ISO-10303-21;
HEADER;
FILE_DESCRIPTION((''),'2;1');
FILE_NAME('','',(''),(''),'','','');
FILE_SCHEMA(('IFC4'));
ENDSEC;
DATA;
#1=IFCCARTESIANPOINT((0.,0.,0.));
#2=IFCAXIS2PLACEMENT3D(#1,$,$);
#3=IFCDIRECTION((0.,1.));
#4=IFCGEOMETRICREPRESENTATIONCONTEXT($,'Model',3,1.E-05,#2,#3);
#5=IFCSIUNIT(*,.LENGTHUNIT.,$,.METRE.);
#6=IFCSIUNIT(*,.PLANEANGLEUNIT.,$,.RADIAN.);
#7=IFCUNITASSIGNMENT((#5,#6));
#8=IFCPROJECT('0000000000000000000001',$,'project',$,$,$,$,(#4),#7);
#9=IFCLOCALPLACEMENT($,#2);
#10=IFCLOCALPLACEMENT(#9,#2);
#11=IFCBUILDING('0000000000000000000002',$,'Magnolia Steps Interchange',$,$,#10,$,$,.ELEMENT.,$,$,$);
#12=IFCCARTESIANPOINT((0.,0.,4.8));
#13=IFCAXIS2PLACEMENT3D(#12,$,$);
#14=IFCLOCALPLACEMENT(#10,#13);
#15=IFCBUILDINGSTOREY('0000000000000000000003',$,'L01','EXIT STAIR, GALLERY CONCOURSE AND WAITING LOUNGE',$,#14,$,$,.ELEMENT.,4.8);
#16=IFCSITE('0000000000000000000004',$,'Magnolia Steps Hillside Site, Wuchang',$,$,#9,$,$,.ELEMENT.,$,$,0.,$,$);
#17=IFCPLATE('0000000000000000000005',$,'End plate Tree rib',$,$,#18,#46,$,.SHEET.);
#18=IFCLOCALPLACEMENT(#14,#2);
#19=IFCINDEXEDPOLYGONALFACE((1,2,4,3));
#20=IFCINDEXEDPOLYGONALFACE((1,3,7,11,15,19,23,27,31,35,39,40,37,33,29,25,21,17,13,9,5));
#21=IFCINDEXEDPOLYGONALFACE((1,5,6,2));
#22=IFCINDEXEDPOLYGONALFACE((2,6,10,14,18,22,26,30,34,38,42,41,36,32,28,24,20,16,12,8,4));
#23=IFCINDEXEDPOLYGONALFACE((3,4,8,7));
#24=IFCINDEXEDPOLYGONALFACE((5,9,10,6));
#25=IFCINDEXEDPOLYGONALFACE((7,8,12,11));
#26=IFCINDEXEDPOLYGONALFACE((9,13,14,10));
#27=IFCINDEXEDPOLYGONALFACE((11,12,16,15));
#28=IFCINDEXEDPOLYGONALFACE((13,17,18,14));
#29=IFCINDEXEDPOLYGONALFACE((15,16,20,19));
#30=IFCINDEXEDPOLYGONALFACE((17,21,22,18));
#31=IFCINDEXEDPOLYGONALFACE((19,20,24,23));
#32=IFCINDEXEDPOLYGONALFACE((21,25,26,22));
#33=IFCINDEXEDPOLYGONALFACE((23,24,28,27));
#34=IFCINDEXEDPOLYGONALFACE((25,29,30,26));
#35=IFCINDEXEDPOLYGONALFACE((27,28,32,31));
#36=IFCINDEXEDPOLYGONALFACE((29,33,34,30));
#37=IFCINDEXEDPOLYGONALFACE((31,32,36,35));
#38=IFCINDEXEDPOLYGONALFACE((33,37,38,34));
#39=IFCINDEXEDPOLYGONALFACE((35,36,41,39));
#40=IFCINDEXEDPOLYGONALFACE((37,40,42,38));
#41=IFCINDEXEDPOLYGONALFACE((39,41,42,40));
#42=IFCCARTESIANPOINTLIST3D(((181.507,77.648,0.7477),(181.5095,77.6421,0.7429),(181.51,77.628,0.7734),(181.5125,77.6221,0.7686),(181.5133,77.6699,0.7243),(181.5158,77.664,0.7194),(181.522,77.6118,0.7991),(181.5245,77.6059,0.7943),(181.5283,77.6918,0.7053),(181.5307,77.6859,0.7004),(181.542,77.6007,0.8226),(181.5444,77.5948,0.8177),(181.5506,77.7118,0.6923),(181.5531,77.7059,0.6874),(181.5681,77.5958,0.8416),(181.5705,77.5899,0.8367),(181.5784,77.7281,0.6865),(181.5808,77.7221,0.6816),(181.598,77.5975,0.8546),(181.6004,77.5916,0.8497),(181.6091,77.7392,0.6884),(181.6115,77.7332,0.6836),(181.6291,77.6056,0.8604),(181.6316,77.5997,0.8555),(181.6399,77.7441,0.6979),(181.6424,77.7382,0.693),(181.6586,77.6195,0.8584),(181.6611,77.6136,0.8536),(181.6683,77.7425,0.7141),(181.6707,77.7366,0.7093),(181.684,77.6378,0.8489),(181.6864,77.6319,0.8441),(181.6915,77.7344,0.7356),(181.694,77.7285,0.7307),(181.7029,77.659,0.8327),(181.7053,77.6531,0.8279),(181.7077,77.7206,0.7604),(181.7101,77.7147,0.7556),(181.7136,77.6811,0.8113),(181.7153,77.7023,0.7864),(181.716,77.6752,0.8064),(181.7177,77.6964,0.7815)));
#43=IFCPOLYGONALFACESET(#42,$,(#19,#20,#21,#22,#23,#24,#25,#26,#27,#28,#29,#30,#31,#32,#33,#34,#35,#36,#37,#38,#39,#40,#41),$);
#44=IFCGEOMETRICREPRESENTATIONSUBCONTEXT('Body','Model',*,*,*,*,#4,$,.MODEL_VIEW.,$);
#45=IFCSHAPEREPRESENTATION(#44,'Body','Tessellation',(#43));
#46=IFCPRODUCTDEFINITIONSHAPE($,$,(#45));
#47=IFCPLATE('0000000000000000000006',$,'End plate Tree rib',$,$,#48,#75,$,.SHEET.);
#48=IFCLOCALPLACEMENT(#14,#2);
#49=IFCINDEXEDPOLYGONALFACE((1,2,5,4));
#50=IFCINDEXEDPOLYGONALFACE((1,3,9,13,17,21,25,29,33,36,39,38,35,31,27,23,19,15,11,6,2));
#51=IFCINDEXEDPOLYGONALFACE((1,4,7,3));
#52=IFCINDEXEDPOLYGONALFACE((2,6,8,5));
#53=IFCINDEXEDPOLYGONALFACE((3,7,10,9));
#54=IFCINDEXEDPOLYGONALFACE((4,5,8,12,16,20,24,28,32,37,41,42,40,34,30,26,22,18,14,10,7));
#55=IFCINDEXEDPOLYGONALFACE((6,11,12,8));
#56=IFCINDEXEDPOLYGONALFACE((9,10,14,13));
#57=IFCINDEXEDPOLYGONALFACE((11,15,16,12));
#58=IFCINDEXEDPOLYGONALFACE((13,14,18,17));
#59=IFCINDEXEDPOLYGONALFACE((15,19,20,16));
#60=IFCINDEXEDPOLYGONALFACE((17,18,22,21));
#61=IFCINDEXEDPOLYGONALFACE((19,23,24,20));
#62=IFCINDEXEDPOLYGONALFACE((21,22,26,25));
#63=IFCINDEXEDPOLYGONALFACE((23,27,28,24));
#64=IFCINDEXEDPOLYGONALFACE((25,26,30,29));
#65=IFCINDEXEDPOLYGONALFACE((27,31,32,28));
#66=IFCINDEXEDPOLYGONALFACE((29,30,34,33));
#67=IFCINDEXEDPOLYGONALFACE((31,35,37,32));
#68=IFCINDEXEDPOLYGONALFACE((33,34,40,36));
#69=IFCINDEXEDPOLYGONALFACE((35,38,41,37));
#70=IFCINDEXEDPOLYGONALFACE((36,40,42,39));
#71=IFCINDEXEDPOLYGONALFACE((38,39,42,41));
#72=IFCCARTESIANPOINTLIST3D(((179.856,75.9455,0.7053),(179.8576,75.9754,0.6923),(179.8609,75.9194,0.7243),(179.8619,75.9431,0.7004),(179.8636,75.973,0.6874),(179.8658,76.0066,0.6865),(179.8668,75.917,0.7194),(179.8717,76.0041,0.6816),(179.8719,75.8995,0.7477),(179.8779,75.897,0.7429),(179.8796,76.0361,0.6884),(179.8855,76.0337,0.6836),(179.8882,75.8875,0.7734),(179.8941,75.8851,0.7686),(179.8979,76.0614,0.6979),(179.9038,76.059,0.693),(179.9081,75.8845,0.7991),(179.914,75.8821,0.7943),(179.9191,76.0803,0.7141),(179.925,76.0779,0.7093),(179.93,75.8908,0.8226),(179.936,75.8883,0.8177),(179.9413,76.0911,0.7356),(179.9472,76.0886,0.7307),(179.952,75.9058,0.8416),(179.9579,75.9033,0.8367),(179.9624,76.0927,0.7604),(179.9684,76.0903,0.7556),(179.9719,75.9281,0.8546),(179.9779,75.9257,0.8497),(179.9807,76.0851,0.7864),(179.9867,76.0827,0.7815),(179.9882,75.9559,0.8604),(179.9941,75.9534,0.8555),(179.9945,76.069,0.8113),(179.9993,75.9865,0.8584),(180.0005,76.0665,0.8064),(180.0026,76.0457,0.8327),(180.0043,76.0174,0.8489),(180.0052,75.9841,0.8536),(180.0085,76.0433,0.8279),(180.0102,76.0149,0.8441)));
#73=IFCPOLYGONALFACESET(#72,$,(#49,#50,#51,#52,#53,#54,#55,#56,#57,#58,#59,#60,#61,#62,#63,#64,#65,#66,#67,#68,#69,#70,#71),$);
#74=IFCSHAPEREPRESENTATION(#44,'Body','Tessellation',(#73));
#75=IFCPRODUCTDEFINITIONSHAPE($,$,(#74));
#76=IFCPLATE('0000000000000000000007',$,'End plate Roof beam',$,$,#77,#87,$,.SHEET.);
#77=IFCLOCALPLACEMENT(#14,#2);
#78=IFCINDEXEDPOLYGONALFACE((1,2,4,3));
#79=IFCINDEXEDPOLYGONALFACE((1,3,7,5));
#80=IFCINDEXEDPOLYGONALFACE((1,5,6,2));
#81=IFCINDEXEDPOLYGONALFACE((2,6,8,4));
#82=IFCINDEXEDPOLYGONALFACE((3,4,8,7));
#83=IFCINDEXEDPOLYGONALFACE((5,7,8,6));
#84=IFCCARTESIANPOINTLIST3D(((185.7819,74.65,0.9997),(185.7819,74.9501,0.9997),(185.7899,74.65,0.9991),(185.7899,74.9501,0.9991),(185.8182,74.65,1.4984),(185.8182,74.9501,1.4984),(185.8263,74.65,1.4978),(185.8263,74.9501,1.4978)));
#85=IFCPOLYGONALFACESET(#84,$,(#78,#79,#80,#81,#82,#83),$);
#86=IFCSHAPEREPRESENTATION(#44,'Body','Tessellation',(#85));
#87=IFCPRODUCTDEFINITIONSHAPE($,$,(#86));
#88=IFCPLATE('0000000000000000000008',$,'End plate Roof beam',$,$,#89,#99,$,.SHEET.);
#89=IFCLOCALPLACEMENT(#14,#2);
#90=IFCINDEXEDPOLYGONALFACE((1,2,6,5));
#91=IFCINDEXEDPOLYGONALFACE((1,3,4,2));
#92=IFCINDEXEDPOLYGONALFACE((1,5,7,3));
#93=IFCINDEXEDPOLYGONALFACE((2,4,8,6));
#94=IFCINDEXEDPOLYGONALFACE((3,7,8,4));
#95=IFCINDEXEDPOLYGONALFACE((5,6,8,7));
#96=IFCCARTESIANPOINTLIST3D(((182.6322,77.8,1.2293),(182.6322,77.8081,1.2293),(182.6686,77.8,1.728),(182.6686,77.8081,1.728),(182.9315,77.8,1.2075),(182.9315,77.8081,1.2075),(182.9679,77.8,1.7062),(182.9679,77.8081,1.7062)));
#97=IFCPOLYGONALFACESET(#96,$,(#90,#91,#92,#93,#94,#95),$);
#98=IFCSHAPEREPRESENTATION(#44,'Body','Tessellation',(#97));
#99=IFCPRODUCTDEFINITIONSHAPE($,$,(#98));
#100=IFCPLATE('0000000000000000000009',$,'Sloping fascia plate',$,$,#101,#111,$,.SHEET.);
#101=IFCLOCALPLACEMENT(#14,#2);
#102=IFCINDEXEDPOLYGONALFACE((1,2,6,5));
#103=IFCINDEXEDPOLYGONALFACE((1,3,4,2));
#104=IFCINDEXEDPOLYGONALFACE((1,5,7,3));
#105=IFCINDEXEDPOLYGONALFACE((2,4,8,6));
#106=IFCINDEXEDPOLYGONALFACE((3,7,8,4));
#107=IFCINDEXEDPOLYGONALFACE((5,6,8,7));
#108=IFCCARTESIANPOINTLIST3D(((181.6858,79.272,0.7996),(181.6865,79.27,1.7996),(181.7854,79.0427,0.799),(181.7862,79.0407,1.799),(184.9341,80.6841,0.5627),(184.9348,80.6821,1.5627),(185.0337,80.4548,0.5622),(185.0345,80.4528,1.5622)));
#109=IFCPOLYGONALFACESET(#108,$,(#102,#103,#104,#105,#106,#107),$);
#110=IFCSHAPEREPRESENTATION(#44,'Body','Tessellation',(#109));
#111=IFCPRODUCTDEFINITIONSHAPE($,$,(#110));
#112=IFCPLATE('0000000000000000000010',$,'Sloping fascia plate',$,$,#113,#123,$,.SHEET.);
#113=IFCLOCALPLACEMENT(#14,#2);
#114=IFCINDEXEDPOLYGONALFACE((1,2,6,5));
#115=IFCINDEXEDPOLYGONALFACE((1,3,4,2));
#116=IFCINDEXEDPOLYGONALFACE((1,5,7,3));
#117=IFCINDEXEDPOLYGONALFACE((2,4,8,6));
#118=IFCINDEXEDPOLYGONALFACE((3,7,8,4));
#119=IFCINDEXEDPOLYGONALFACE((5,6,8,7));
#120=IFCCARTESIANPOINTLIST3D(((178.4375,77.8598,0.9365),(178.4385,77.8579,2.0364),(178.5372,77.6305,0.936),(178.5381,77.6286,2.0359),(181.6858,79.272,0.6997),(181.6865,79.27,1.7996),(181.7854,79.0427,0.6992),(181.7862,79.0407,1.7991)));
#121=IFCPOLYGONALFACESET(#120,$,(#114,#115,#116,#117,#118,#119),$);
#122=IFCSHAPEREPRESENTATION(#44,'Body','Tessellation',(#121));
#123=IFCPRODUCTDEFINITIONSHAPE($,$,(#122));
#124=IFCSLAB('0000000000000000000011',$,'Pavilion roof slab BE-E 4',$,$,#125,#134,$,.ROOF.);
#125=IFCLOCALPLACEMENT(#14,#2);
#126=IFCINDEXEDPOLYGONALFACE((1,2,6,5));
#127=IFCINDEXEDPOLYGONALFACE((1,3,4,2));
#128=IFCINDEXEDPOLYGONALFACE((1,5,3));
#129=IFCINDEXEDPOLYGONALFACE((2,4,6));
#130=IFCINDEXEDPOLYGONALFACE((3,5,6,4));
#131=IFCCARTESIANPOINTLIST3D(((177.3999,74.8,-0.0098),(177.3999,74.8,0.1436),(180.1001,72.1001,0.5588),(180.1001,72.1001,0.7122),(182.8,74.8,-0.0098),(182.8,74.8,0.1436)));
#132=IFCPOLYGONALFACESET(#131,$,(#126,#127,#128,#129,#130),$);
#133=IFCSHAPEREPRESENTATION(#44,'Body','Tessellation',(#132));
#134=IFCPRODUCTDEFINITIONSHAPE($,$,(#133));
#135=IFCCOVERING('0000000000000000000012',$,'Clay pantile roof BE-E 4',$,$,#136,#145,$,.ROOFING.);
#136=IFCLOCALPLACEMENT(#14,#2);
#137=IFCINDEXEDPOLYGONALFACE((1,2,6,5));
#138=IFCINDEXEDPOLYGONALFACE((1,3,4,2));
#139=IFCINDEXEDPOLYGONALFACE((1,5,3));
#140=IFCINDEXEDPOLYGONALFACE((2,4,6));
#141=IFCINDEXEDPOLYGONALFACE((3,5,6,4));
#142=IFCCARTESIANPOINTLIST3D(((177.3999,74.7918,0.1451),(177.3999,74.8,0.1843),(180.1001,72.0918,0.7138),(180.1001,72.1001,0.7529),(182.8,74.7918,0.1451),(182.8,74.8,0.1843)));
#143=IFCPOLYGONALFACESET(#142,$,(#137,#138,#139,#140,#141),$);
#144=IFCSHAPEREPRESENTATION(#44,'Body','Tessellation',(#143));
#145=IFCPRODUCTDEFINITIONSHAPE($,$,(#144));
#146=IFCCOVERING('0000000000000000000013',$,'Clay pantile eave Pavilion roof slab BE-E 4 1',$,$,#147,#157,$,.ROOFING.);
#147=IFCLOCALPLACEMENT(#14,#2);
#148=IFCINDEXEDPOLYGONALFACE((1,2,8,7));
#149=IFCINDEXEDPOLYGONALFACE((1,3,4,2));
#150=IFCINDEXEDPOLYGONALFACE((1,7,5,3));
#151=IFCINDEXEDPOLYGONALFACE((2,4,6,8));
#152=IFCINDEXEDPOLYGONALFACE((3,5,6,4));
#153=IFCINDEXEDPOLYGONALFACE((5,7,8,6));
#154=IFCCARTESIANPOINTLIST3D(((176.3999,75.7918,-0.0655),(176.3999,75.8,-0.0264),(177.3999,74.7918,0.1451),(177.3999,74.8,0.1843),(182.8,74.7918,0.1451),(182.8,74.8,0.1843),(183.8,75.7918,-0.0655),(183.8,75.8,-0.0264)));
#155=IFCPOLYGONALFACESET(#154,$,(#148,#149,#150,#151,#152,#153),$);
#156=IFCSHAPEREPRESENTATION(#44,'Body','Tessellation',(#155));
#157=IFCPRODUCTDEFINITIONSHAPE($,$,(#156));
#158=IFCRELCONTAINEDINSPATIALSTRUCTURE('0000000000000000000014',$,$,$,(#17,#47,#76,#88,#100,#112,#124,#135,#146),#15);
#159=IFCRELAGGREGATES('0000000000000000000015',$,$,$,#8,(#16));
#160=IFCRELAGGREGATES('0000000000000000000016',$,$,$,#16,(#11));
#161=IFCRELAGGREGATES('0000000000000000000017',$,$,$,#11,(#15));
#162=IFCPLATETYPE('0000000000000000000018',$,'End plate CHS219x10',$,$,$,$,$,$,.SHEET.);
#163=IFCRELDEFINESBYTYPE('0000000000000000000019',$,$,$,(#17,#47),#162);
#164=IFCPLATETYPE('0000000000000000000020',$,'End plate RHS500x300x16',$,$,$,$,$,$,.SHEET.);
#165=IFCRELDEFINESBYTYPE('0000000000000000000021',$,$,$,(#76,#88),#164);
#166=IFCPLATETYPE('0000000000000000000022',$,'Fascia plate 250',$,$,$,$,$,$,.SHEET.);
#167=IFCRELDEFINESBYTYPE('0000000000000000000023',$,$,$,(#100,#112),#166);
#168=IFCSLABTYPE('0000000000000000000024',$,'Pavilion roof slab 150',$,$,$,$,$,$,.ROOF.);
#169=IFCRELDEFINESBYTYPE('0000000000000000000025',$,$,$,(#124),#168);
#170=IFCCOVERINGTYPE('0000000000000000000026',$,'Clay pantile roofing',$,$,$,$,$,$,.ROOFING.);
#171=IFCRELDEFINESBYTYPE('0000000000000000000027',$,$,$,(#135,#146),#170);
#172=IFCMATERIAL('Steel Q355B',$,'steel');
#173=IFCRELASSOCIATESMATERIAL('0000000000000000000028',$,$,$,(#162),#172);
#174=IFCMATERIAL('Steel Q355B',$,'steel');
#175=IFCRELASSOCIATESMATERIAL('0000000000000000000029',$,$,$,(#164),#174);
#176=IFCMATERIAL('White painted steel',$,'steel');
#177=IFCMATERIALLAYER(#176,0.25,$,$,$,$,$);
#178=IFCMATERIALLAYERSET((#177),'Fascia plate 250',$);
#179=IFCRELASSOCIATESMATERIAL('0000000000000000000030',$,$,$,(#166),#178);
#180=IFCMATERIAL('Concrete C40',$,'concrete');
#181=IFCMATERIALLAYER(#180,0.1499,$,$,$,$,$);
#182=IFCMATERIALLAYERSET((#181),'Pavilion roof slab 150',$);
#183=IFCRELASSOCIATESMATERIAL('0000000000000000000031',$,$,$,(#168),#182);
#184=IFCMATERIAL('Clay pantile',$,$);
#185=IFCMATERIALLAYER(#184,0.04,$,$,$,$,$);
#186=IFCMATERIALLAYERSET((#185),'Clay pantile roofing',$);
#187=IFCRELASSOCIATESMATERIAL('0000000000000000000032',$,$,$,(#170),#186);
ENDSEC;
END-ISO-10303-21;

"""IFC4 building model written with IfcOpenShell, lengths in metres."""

from ifc_helpers import new_model, si_unit, direction, frame, origin, origin_2d, place, context, subcontext, project, spatial, polyline, rectangle, circle, outline, extrude, material, layer, layer_set, material_profile, profile_set, type_object, element, save


model = new_model("IFC4")

# Units and contexts
model_context = context("Model", 3, precision=1e-05, world=origin(), true_north=direction((0.0, 1.0)))
body_context = subcontext(model_context, "Body", "Model", "MODEL_VIEW")
ifc_project = project(units=[si_unit("LENGTHUNIT", "METRE"), si_unit("PLANEANGLEUNIT", "RADIAN")], contexts=[model_context])

# Site, building, storey
site_placement = place(None, origin())
site = spatial("IfcSite", under=ifc_project, at=site_placement, Name="Magnolia Steps Hillside Site, Wuchang", CompositionType="ELEMENT", RefElevation=0.0)
building_placement = place(site_placement, origin())
building = spatial("IfcBuilding", under=site, at=building_placement, Name="Magnolia Steps Interchange", CompositionType="ELEMENT")
storey_placement = place(building_placement, frame((0.0, 0.0, 4.8)))
storey = spatial("IfcBuildingStorey", under=building, at=storey_placement, Name="L01", Description="EXIT STAIR, GALLERY CONCOURSE AND WAITING LOUNGE", CompositionType="ELEMENT", Elevation=4.8)

# Plates
ifc_material_1 = material(Name="Steel Q355B", Category="steel")
ifc_material_profile_1 = material_profile(ifc_material_1, circle(Radius=0.1096, at=origin_2d()), Name="End plate CHS219x10")
ifc_profile_set_1 = profile_set([ifc_material_profile_1], Name="Steel Q355B")
plate_type_1 = type_object("IfcPlateType", Name="End plate CHS219x10", PredefinedType="SHEET", material=ifc_profile_set_1)
for number, where, z_axis, x_axis, name in (
    (1, (181.6138, 77.6641, 0.7686), (-0.304377, 0.734831, 0.606117), (-0.92388, -0.382683, 0.0), "End plate Tree rib"),
    (2, (179.936, 75.9863, 0.7686), (-0.734831, 0.304377, 0.606117), (-0.382683, -0.92388, 0.0), "End plate Tree rib"),
):
    element("IfcPlate", number, at=place(storey_placement, frame(where, z_axis=z_axis, x_axis=x_axis)), inside=storey, type_object=plate_type_1, Name=name, PredefinedType="SHEET", context=body_context, shape_type="SweptSolid", body=[
        extrude(circle(Radius=0.1096, at=origin_2d()), origin(), (0.0, 0.0, 1.0), 0.0081),
    ])
ifc_material_2 = material(Name="Steel Q355B", Category="steel")
ifc_material_profile_2 = material_profile(ifc_material_2, rectangle(XDim=0.3, YDim=0.5, at=origin_2d()), Name="End plate RHS500x300x16")
ifc_profile_set_2 = profile_set([ifc_material_profile_2], Name="Steel Q355B")
plate_type_2 = type_object("IfcPlateType", Name="End plate RHS500x300x16", PredefinedType="SHEET", material=ifc_profile_set_2)
for number, where, z_axis, x_axis, name in (
    (3, (185.8, 74.8, 1.249), (0.997351, 0.0, -0.07274), (0.0, 1.0, 0.0), "End plate Roof beam"),
    (4, (182.8, 77.8, 1.4678), (0.0, 1.0, 0.0), (-0.997352, 0.0, 0.072724), "End plate Roof beam"),
):
    element("IfcPlate", number, at=place(storey_placement, frame(where, z_axis=z_axis, x_axis=x_axis)), inside=storey, type_object=plate_type_2, Name=name, PredefinedType="SHEET", context=body_context, shape_type="SweptSolid", body=[
        extrude(rectangle(XDim=0.3, YDim=0.5, at=origin_2d()), origin(), (0.0, 0.0, 1.0), 0.0081),
    ])
ifc_material_3 = material(Name="White painted steel", Category="steel")
ifc_layer_1 = layer(ifc_material_3, 0.25)
ifc_layer_set_1 = layer_set([ifc_layer_1], Name="Fascia plate 250")
plate_type_3 = type_object("IfcPlateType", Name="Fascia plate 250", PredefinedType="SHEET", material=ifc_layer_set_1)
plate_1_placement = place(storey_placement, frame((184.9341, 80.6841, 0.5627), z_axis=(-0.398552, 0.917143, 0.002083), x_axis=(-0.915047, -0.397793, 0.066711)))
element("IfcPlate", 5, at=plate_1_placement, inside=storey, type_object=plate_type_3, Name="Sloping fascia plate", PredefinedType="SHEET", context=body_context, shape_type="SweptSolid", body=[
    extrude(outline(polyline([(0.0, 0.0), (3.5499, 0.0), (3.6167, 0.9978), (0.0668, 0.9978), (0.0, 0.0)])), origin(), (0.0, 0.0, -1.0), 0.25),
])
plate_2_placement = place(storey_placement, frame((181.6858, 79.272, 0.6997), z_axis=(-0.398574, 0.917134, 0.001938), x_axis=(-0.915041, -0.397805, 0.066711)))
element("IfcPlate", 6, at=plate_2_placement, inside=storey, type_object=plate_type_3, Name="Sloping fascia plate", PredefinedType="SHEET", context=body_context, shape_type="SweptSolid", body=[
    extrude(outline(polyline([(0.0, 0.0), (3.5499, 0.0), (3.6231, 1.0974), (0.0735, 1.0974), (0.0, 0.0)])), origin(), (0.0, 0.0, -1.0), 0.25),
])

# Slab
ifc_material_4 = material(Name="Concrete C40", Category="concrete")
ifc_layer_2 = layer(ifc_material_4, 0.1499)
ifc_layer_set_2 = layer_set([ifc_layer_2], Name="Pavilion roof slab 150")
slab_type = type_object("IfcSlabType", Name="Pavilion roof slab 150", PredefinedType="ROOF", material=ifc_layer_set_2)
slab_placement = place(storey_placement, frame((182.8, 74.8, 0.1436), z_axis=(0.0, 0.206077, 0.978536), x_axis=(-1.0, 0.0, 0.0)))
element("IfcSlab", 7, at=slab_placement, inside=storey, type_object=slab_type, Name="Pavilion roof slab BE-E 4", PredefinedType="ROOF", context=body_context, shape_type="SweptSolid", body=[
    extrude(outline(polyline([(0.0, 0.0), (5.4001, 0.0), (2.7, 2.7592), (0.0, 0.0)])), origin(), (0.0, -0.206077, -0.978536), 0.1533),
])

# Coverings
ifc_material_5 = material(Name="Clay pantile")
ifc_layer_3 = layer(ifc_material_5, 0.04)
ifc_layer_set_3 = layer_set([ifc_layer_3], Name="Clay pantile roofing")
covering_type = type_object("IfcCoveringType", Name="Clay pantile roofing", PredefinedType="ROOFING", material=ifc_layer_set_3)
covering_1_placement = place(storey_placement, frame((182.8, 74.8, 0.1843), z_axis=(0.0, 0.206077, 0.978536), x_axis=(-1.0, 0.0, 0.0)))
element("IfcCovering", 8, at=covering_1_placement, inside=storey, type_object=covering_type, Name="Clay pantile roof BE-E 4", PredefinedType="ROOFING", context=body_context, shape_type="SweptSolid", body=[
    extrude(outline(polyline([(0.0, 0.0), (5.4001, 0.0), (2.7, 2.7592), (0.0, 0.0)])), origin(), (0.0, 0.0, -1.0), 0.04),
])
covering_2_placement = place(storey_placement, frame((182.8, 74.8, 0.1843), z_axis=(0.0, 0.206167, 0.978517), x_axis=(-1.0, 0.0, 0.0)))
element("IfcCovering", 9, at=covering_2_placement, inside=storey, type_object=covering_type, Name="Clay pantile eave Pavilion roof slab BE-E 4 1", PredefinedType="ROOFING", context=body_context, shape_type="SweptSolid", body=[
    extrude(outline(polyline([(0.0, 0.0), (5.4001, 0.0), (6.4001, -1.022), (-1.0, -1.022), (0.0, 0.0)])), origin(), (0.0, 0.0, -1.0), 0.04),
])

save(model, "model.ifc")
